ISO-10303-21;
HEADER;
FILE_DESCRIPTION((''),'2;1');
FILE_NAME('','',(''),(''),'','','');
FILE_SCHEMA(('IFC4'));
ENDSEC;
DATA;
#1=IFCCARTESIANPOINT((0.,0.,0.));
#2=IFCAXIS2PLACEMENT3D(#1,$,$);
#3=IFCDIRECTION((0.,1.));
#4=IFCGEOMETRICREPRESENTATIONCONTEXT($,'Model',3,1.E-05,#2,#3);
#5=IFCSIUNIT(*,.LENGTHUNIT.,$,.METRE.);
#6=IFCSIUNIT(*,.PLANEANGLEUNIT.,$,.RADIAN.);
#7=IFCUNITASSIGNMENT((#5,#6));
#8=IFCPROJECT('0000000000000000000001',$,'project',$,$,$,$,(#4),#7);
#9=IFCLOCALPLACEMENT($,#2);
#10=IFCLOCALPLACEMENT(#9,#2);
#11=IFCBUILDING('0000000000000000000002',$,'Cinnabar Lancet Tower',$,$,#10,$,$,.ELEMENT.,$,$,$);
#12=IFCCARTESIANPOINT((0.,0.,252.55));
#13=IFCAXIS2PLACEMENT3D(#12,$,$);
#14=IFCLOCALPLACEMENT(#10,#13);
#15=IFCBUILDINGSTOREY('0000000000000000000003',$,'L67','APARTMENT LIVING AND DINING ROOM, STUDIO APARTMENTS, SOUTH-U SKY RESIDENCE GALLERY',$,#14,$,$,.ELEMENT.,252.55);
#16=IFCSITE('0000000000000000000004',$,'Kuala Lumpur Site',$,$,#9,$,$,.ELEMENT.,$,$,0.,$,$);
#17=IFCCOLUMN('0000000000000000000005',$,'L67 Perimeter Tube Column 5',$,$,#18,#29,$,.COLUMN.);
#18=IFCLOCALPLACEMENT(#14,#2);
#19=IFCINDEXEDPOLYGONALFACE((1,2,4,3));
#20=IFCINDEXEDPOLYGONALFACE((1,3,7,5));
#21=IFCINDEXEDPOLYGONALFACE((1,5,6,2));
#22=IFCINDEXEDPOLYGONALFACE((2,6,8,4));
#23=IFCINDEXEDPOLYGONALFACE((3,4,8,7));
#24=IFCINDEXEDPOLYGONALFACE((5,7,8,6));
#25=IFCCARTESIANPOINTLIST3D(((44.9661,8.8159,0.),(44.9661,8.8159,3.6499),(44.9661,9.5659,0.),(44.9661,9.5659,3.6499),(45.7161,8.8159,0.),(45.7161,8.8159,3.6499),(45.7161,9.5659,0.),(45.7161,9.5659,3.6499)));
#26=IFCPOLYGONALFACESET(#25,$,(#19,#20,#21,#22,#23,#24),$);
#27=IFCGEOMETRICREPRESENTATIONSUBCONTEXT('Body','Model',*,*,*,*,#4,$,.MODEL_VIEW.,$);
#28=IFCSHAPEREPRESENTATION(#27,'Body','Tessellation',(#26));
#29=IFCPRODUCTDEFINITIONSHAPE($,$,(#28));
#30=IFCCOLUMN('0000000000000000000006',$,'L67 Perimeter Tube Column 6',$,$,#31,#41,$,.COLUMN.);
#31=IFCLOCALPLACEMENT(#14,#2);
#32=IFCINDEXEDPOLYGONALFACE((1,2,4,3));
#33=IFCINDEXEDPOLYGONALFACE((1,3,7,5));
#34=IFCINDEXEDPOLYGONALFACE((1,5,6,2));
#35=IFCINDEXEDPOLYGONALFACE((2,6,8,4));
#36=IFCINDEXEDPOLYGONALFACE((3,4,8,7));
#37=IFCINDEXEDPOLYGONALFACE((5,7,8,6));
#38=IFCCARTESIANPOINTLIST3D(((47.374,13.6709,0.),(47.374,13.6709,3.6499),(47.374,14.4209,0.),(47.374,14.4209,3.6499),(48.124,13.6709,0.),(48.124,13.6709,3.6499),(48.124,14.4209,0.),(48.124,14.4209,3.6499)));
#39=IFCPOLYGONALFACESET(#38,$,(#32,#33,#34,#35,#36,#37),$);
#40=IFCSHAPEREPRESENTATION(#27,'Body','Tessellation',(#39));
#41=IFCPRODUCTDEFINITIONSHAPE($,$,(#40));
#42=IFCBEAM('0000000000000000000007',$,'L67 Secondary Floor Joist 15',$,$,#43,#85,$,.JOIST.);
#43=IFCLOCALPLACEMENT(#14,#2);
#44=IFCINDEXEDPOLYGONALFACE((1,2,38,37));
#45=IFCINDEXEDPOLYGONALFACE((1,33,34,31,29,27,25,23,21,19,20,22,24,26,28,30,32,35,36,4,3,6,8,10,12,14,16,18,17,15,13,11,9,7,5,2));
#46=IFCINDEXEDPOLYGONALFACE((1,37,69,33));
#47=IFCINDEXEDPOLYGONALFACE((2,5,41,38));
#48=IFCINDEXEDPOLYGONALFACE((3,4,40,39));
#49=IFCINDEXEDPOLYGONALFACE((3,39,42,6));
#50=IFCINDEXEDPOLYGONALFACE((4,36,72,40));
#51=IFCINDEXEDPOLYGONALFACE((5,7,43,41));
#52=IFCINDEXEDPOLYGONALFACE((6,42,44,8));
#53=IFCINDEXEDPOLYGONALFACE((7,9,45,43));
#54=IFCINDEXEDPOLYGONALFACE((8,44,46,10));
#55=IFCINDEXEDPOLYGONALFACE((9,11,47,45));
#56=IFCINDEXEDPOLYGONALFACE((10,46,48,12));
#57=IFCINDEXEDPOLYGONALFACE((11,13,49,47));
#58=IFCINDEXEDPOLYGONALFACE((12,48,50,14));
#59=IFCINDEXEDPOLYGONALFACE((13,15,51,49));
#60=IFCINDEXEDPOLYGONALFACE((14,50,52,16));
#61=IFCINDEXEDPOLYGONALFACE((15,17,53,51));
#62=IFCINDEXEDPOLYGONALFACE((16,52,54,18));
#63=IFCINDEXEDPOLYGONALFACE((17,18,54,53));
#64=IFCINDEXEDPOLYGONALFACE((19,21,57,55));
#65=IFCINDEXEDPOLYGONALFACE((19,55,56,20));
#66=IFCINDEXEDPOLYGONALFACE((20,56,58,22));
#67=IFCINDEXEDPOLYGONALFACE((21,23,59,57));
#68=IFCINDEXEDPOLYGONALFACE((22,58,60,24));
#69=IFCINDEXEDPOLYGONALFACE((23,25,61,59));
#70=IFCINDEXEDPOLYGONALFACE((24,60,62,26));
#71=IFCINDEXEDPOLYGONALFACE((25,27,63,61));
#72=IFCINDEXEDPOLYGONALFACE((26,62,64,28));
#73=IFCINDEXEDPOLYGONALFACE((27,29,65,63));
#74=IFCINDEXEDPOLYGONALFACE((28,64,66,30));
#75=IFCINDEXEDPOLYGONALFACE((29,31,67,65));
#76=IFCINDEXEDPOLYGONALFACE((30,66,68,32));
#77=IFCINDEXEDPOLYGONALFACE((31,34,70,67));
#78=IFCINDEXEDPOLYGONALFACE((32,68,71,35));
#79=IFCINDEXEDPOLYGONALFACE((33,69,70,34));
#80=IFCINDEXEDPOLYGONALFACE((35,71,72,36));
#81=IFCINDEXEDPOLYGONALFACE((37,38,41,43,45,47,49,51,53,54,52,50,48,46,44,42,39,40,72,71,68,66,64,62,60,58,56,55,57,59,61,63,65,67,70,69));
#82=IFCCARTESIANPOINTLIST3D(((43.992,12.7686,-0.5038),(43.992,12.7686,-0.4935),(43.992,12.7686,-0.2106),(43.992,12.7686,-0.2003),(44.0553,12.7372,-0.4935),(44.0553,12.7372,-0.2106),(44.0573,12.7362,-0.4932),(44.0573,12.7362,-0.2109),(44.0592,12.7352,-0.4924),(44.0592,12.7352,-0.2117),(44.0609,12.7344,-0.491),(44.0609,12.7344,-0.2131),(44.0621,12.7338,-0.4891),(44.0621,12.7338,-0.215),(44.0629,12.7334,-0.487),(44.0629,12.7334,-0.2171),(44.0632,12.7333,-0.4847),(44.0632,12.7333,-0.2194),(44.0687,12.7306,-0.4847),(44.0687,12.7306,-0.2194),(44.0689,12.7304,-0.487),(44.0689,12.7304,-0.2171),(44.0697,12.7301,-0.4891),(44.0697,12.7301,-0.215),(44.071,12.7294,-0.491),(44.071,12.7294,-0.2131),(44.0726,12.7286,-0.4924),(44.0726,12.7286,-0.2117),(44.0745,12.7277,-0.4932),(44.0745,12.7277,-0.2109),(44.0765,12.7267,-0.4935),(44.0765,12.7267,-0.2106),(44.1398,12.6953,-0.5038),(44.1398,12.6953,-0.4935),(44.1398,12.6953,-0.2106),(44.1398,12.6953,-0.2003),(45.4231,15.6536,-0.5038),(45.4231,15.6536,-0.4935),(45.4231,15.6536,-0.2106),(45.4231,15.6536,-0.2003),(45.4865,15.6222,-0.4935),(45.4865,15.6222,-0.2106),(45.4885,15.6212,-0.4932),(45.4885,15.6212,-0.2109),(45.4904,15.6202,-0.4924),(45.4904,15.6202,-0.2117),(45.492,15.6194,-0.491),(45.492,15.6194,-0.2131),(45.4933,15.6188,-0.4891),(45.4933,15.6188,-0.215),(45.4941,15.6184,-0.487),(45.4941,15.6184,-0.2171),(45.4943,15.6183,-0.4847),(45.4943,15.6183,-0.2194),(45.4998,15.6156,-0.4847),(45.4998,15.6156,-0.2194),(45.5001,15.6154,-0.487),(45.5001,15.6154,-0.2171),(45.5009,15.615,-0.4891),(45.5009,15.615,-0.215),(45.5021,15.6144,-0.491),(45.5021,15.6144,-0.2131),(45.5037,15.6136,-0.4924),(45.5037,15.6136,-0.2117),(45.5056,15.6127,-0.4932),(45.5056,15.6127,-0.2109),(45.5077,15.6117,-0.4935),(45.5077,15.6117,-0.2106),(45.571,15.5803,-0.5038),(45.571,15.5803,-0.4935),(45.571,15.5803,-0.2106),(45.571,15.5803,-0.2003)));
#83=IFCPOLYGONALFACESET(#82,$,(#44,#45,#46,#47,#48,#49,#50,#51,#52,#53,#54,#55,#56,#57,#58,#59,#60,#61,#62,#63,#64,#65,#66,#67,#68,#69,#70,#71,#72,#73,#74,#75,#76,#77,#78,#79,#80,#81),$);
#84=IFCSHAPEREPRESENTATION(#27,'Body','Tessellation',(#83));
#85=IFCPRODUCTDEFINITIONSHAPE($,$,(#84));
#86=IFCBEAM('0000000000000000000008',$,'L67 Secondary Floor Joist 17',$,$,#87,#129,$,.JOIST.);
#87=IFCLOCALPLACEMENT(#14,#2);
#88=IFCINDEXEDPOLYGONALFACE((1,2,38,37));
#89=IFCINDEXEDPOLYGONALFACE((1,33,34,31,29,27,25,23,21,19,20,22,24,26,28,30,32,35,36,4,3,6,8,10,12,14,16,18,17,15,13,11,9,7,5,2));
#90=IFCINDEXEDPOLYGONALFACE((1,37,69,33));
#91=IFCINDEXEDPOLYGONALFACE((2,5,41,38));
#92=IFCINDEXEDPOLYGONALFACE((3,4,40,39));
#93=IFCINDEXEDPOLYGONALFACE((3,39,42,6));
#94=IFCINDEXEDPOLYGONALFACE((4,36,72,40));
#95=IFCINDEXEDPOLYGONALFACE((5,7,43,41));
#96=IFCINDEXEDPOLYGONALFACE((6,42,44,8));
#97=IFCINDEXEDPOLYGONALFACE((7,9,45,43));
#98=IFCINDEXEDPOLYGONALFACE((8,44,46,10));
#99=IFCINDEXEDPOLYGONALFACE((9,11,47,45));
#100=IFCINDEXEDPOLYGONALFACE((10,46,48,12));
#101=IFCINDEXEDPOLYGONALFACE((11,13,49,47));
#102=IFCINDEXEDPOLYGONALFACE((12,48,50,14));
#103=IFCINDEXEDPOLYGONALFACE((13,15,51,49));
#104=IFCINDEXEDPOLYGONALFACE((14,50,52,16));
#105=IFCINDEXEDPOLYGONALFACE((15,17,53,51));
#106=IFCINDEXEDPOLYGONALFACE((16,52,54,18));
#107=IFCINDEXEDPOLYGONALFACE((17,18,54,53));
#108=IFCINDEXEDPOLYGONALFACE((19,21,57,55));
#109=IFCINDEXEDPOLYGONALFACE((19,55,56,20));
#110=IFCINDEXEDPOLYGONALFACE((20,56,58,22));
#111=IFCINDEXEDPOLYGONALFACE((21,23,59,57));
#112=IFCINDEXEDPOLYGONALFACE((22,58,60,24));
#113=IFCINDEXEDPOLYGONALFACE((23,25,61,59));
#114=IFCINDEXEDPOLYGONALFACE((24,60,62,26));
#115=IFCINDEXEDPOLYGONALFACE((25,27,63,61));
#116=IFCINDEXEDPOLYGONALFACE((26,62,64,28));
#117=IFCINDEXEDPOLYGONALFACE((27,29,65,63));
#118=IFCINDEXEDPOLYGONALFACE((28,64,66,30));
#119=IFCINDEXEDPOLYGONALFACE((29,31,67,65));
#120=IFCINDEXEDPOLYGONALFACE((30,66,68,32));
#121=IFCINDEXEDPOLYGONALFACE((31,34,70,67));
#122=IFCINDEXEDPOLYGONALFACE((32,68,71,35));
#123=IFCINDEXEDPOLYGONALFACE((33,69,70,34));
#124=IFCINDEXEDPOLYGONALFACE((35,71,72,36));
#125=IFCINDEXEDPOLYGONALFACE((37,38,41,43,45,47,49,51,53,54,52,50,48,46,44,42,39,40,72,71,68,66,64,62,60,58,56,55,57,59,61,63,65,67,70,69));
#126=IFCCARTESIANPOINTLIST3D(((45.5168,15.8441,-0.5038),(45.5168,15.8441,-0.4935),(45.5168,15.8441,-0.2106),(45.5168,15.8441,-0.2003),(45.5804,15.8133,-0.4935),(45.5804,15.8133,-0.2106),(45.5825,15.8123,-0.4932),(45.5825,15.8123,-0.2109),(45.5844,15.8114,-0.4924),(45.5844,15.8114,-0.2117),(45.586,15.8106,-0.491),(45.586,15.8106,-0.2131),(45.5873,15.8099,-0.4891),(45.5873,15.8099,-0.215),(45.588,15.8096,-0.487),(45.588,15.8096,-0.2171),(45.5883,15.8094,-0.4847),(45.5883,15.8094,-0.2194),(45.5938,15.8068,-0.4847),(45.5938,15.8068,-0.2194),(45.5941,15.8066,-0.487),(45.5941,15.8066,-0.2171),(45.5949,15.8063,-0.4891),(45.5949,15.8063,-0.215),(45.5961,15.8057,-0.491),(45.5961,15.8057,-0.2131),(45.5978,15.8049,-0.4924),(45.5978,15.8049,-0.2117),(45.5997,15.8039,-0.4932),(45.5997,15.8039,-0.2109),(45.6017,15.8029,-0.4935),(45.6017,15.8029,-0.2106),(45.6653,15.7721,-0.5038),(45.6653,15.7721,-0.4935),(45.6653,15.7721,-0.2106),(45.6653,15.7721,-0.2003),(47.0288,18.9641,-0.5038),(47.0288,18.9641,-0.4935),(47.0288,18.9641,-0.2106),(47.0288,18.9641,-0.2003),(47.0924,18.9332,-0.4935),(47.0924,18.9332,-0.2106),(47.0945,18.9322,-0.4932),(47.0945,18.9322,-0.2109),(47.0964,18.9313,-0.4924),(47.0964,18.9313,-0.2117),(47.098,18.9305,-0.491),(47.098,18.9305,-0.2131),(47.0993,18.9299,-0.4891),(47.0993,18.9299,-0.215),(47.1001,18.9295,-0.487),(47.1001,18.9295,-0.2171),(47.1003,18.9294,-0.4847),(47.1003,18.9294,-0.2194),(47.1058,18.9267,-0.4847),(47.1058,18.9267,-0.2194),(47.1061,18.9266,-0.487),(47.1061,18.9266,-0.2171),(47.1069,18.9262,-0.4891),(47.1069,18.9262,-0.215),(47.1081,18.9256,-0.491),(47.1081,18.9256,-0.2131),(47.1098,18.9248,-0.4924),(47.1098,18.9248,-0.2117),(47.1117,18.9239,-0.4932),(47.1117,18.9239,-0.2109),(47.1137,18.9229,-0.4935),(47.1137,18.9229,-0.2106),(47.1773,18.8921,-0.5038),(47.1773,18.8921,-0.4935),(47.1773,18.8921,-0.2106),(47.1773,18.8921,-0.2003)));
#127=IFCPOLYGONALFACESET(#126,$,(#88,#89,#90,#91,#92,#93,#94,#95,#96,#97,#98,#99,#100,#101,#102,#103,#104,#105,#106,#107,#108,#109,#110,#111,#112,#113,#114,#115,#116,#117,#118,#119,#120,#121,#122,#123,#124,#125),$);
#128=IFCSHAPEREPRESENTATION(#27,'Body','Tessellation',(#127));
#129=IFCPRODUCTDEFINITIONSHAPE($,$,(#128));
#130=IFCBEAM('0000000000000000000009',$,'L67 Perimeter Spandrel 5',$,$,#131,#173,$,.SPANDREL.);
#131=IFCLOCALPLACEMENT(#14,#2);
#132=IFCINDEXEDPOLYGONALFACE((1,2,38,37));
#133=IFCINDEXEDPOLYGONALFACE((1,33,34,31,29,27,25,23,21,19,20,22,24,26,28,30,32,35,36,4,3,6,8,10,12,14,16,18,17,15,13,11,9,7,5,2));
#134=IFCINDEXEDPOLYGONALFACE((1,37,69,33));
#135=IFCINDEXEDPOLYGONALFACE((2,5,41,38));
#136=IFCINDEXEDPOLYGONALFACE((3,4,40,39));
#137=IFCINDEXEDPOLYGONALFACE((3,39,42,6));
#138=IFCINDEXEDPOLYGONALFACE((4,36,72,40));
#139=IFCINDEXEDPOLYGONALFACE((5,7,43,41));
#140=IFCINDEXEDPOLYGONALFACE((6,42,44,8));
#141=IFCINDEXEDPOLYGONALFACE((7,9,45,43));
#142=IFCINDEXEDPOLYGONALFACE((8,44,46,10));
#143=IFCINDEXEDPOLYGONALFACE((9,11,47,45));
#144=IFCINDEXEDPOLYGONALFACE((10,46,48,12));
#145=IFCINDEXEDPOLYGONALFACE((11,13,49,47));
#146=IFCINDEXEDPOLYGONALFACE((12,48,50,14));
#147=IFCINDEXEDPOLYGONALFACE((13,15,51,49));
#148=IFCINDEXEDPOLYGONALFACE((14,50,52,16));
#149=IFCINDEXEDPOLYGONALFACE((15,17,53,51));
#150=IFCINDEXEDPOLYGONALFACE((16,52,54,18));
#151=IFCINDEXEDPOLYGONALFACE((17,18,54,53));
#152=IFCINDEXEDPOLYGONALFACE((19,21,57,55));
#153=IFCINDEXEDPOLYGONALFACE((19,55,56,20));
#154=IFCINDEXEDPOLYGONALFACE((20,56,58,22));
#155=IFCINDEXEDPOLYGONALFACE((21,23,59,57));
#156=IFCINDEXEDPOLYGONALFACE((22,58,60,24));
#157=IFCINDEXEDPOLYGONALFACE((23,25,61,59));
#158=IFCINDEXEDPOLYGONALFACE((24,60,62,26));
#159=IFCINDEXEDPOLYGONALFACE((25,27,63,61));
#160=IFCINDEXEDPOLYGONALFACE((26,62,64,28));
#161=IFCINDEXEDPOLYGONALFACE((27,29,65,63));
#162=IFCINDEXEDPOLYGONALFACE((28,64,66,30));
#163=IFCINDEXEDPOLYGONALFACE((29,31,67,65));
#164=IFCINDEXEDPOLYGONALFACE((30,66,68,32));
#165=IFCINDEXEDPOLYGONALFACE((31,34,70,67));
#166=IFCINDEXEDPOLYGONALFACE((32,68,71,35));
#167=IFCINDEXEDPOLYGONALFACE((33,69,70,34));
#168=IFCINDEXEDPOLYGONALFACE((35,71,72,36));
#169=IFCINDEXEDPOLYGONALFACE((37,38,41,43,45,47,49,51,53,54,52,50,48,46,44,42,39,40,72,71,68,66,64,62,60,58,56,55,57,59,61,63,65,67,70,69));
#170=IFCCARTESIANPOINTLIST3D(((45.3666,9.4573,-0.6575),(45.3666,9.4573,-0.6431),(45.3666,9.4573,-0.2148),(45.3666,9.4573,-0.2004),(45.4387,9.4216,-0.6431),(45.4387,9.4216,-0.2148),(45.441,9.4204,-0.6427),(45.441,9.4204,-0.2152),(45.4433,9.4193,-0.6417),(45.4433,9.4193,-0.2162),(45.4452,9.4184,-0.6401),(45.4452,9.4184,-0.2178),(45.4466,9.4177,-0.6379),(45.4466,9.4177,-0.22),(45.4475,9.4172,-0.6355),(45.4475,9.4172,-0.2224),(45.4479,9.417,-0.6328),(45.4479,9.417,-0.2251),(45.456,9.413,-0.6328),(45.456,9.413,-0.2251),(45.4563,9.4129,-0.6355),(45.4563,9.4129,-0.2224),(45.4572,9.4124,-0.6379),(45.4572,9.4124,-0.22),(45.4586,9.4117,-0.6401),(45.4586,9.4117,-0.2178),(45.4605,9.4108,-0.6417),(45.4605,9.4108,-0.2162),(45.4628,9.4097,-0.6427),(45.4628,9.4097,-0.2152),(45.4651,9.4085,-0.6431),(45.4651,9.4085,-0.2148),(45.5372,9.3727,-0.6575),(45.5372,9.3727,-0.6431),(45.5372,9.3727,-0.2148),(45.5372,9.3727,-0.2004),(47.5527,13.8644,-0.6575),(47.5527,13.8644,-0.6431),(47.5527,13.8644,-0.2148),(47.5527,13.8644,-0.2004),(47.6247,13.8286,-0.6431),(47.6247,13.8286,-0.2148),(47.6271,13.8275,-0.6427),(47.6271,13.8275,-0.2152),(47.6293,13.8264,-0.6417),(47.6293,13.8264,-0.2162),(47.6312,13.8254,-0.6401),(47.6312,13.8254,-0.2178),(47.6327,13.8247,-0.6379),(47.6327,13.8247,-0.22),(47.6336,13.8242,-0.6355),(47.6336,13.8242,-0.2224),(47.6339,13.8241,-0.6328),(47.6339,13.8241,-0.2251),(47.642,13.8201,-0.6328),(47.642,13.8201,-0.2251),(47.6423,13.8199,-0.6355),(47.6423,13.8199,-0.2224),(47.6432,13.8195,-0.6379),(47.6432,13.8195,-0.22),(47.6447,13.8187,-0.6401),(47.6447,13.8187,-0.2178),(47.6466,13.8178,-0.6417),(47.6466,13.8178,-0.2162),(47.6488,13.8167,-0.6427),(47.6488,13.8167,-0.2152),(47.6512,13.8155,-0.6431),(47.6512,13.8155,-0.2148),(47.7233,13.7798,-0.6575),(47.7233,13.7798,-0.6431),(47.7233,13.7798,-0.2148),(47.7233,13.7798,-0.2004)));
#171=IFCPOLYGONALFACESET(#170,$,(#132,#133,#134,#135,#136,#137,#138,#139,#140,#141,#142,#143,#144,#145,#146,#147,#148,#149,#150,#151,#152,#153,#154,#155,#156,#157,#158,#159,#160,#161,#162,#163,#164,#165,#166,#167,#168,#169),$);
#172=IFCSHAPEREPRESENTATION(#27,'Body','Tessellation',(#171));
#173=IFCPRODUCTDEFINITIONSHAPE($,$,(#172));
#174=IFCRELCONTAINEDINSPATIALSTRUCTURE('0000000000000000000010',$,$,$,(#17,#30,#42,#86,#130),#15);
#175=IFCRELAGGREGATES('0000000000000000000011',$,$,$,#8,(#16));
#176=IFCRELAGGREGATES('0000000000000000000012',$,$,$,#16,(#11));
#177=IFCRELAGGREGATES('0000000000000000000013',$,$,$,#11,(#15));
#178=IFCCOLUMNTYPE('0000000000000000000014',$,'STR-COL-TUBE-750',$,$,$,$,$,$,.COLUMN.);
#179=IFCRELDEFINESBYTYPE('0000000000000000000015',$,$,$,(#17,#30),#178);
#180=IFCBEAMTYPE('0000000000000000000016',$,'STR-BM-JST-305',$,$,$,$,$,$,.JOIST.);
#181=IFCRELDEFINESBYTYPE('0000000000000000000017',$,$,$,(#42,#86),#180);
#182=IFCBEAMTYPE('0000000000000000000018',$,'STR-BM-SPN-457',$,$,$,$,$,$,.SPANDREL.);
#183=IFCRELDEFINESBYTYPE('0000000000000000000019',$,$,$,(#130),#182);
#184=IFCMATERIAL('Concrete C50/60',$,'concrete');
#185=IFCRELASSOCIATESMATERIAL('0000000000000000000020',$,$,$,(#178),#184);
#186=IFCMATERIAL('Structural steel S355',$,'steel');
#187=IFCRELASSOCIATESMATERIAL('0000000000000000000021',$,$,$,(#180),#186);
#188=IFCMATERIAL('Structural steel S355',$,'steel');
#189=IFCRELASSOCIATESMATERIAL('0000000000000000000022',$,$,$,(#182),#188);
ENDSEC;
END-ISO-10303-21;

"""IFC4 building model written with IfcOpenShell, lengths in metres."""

from ifc_helpers import new_model, si_unit, direction, frame, origin, origin_2d, place, context, subcontext, project, spatial, rectangle, i_section, extrude, material, material_profile, profile_set, type_object, element, save


model = new_model("IFC4")

# Units and contexts
model_context = context("Model", 3, precision=1e-05, world=origin(), true_north=direction((0.0, 1.0)))
body_context = subcontext(model_context, "Body", "Model", "MODEL_VIEW")
ifc_project = project(units=[si_unit("LENGTHUNIT", "METRE"), si_unit("PLANEANGLEUNIT", "RADIAN")], contexts=[model_context])

# Site, building, storey
site_placement = place(None, origin())
site = spatial("IfcSite", under=ifc_project, at=site_placement, Name="Kuala Lumpur Site", CompositionType="ELEMENT", RefElevation=0.0)
building_placement = place(site_placement, origin())
building = spatial("IfcBuilding", under=site, at=building_placement, Name="Cinnabar Lancet Tower", CompositionType="ELEMENT")
storey_placement = place(building_placement, frame((0.0, 0.0, 252.55)))
storey = spatial("IfcBuildingStorey", under=building, at=storey_placement, Name="L67", Description="APARTMENT LIVING AND DINING ROOM, STUDIO APARTMENTS, SOUTH-U SKY RESIDENCE GALLERY", CompositionType="ELEMENT", Elevation=252.55)

# Columns
ifc_material_1 = material(Name="Concrete C50/60", Category="concrete")
ifc_material_profile_1 = material_profile(ifc_material_1, rectangle(XDim=0.75, YDim=0.75, at=origin_2d()), Name="RC-COL 750x750")
ifc_profile_set_1 = profile_set([ifc_material_profile_1], Name="Concrete C50/60")
column_type = type_object("IfcColumnType", Name="STR-COL-TUBE-750", PredefinedType="COLUMN", material=ifc_profile_set_1)
for number, where, z_axis, x_axis, name in (
    (1, (45.3411, 9.1909, 0.0), (0.0, 0.0, 1.0), (1.0, 0.0, 0.0), "L67 Perimeter Tube Column 5"),
    (2, (47.749, 14.0459, 0.0), (0.0, 0.0, 1.0), (1.0, 0.0, 0.0), "L67 Perimeter Tube Column 6"),
):
    element("IfcColumn", number, at=place(storey_placement, frame(where, z_axis=z_axis, x_axis=x_axis)), inside=storey, type_object=column_type, Name=name, PredefinedType="COLUMN", context=body_context, shape_type="SweptSolid", body=[
        extrude(rectangle(XDim=0.75, YDim=0.75, at=origin_2d()), origin(), (0.0, 0.0, 1.0), 3.6499),
    ])

# Beams
ifc_material_2 = material(Name="Structural steel S355", Category="steel")
ifc_material_profile_2 = material_profile(ifc_material_2, i_section(OverallWidth=0.165, OverallDepth=0.3035, WebThickness=0.0061, FlangeThickness=0.0103, FilletRadius=0.0088, at=origin_2d()), Name="UKB 305x165x40")
ifc_profile_set_2 = profile_set([ifc_material_profile_2], Name="Structural steel S355")
beam_type_1 = type_object("IfcBeamType", Name="STR-BM-JST-305", PredefinedType="JOIST", material=ifc_profile_set_2)
beam_1_placement = place(storey_placement, frame((44.0659, 12.7319, -0.3521), z_axis=(0.444391, 0.895833, 0.0), x_axis=(-0.895833, 0.444391, 0.0)))
element("IfcBeam", 3, at=beam_1_placement, inside=storey, type_object=beam_type_1, Name="L67 Secondary Floor Joist 15", PredefinedType="JOIST", context=body_context, shape_type="SweptSolid", body=[
    extrude(i_section(OverallWidth=0.165, OverallDepth=0.3035, WebThickness=0.0061, FlangeThickness=0.0103, FilletRadius=0.0088, at=origin_2d()), origin(), (0.0, 0.0, 1.0), 3.2205),
])
beam_2_placement = place(storey_placement, frame((45.5911, 15.8081, -0.3521), z_axis=(0.436109, 0.899894, 0.0), x_axis=(-0.899894, 0.436109, 0.0)))
element("IfcBeam", 4, at=beam_2_placement, inside=storey, type_object=beam_type_1, Name="L67 Secondary Floor Joist 17", PredefinedType="JOIST", context=body_context, shape_type="SweptSolid", body=[
    extrude(i_section(OverallWidth=0.165, OverallDepth=0.3035, WebThickness=0.0061, FlangeThickness=0.0103, FilletRadius=0.0088, at=origin_2d()), origin(), (0.0, 0.0, 1.0), 3.467),
])
ifc_material_3 = material(Name="Structural steel S355", Category="steel")
ifc_material_profile_3 = material_profile(ifc_material_3, i_section(OverallWidth=0.1904, OverallDepth=0.457, WebThickness=0.009, FlangeThickness=0.0144, FilletRadius=0.0103, at=origin_2d()), Name="UKB 457x191x74")
ifc_profile_set_3 = profile_set([ifc_material_profile_3], Name="Structural steel S355")
beam_type_2 = type_object("IfcBeamType", Name="STR-BM-SPN-457", PredefinedType="SPANDREL", material=ifc_profile_set_3)
beam_3_placement = place(storey_placement, frame((45.4519, 9.415, -0.429), z_axis=(0.444373, 0.895842, 0.0), x_axis=(-0.895842, 0.444373, 0.0)))
element("IfcBeam", 5, at=beam_3_placement, inside=storey, type_object=beam_type_2, Name="L67 Perimeter Spandrel 5", PredefinedType="SPANDREL", context=body_context, shape_type="SweptSolid", body=[
    extrude(i_section(OverallWidth=0.1904, OverallDepth=0.457, WebThickness=0.009, FlangeThickness=0.0144, FilletRadius=0.0103, at=origin_2d()), origin(), (0.0, 0.0, 1.0), 4.9194),
])

save(model, "model.ifc")
